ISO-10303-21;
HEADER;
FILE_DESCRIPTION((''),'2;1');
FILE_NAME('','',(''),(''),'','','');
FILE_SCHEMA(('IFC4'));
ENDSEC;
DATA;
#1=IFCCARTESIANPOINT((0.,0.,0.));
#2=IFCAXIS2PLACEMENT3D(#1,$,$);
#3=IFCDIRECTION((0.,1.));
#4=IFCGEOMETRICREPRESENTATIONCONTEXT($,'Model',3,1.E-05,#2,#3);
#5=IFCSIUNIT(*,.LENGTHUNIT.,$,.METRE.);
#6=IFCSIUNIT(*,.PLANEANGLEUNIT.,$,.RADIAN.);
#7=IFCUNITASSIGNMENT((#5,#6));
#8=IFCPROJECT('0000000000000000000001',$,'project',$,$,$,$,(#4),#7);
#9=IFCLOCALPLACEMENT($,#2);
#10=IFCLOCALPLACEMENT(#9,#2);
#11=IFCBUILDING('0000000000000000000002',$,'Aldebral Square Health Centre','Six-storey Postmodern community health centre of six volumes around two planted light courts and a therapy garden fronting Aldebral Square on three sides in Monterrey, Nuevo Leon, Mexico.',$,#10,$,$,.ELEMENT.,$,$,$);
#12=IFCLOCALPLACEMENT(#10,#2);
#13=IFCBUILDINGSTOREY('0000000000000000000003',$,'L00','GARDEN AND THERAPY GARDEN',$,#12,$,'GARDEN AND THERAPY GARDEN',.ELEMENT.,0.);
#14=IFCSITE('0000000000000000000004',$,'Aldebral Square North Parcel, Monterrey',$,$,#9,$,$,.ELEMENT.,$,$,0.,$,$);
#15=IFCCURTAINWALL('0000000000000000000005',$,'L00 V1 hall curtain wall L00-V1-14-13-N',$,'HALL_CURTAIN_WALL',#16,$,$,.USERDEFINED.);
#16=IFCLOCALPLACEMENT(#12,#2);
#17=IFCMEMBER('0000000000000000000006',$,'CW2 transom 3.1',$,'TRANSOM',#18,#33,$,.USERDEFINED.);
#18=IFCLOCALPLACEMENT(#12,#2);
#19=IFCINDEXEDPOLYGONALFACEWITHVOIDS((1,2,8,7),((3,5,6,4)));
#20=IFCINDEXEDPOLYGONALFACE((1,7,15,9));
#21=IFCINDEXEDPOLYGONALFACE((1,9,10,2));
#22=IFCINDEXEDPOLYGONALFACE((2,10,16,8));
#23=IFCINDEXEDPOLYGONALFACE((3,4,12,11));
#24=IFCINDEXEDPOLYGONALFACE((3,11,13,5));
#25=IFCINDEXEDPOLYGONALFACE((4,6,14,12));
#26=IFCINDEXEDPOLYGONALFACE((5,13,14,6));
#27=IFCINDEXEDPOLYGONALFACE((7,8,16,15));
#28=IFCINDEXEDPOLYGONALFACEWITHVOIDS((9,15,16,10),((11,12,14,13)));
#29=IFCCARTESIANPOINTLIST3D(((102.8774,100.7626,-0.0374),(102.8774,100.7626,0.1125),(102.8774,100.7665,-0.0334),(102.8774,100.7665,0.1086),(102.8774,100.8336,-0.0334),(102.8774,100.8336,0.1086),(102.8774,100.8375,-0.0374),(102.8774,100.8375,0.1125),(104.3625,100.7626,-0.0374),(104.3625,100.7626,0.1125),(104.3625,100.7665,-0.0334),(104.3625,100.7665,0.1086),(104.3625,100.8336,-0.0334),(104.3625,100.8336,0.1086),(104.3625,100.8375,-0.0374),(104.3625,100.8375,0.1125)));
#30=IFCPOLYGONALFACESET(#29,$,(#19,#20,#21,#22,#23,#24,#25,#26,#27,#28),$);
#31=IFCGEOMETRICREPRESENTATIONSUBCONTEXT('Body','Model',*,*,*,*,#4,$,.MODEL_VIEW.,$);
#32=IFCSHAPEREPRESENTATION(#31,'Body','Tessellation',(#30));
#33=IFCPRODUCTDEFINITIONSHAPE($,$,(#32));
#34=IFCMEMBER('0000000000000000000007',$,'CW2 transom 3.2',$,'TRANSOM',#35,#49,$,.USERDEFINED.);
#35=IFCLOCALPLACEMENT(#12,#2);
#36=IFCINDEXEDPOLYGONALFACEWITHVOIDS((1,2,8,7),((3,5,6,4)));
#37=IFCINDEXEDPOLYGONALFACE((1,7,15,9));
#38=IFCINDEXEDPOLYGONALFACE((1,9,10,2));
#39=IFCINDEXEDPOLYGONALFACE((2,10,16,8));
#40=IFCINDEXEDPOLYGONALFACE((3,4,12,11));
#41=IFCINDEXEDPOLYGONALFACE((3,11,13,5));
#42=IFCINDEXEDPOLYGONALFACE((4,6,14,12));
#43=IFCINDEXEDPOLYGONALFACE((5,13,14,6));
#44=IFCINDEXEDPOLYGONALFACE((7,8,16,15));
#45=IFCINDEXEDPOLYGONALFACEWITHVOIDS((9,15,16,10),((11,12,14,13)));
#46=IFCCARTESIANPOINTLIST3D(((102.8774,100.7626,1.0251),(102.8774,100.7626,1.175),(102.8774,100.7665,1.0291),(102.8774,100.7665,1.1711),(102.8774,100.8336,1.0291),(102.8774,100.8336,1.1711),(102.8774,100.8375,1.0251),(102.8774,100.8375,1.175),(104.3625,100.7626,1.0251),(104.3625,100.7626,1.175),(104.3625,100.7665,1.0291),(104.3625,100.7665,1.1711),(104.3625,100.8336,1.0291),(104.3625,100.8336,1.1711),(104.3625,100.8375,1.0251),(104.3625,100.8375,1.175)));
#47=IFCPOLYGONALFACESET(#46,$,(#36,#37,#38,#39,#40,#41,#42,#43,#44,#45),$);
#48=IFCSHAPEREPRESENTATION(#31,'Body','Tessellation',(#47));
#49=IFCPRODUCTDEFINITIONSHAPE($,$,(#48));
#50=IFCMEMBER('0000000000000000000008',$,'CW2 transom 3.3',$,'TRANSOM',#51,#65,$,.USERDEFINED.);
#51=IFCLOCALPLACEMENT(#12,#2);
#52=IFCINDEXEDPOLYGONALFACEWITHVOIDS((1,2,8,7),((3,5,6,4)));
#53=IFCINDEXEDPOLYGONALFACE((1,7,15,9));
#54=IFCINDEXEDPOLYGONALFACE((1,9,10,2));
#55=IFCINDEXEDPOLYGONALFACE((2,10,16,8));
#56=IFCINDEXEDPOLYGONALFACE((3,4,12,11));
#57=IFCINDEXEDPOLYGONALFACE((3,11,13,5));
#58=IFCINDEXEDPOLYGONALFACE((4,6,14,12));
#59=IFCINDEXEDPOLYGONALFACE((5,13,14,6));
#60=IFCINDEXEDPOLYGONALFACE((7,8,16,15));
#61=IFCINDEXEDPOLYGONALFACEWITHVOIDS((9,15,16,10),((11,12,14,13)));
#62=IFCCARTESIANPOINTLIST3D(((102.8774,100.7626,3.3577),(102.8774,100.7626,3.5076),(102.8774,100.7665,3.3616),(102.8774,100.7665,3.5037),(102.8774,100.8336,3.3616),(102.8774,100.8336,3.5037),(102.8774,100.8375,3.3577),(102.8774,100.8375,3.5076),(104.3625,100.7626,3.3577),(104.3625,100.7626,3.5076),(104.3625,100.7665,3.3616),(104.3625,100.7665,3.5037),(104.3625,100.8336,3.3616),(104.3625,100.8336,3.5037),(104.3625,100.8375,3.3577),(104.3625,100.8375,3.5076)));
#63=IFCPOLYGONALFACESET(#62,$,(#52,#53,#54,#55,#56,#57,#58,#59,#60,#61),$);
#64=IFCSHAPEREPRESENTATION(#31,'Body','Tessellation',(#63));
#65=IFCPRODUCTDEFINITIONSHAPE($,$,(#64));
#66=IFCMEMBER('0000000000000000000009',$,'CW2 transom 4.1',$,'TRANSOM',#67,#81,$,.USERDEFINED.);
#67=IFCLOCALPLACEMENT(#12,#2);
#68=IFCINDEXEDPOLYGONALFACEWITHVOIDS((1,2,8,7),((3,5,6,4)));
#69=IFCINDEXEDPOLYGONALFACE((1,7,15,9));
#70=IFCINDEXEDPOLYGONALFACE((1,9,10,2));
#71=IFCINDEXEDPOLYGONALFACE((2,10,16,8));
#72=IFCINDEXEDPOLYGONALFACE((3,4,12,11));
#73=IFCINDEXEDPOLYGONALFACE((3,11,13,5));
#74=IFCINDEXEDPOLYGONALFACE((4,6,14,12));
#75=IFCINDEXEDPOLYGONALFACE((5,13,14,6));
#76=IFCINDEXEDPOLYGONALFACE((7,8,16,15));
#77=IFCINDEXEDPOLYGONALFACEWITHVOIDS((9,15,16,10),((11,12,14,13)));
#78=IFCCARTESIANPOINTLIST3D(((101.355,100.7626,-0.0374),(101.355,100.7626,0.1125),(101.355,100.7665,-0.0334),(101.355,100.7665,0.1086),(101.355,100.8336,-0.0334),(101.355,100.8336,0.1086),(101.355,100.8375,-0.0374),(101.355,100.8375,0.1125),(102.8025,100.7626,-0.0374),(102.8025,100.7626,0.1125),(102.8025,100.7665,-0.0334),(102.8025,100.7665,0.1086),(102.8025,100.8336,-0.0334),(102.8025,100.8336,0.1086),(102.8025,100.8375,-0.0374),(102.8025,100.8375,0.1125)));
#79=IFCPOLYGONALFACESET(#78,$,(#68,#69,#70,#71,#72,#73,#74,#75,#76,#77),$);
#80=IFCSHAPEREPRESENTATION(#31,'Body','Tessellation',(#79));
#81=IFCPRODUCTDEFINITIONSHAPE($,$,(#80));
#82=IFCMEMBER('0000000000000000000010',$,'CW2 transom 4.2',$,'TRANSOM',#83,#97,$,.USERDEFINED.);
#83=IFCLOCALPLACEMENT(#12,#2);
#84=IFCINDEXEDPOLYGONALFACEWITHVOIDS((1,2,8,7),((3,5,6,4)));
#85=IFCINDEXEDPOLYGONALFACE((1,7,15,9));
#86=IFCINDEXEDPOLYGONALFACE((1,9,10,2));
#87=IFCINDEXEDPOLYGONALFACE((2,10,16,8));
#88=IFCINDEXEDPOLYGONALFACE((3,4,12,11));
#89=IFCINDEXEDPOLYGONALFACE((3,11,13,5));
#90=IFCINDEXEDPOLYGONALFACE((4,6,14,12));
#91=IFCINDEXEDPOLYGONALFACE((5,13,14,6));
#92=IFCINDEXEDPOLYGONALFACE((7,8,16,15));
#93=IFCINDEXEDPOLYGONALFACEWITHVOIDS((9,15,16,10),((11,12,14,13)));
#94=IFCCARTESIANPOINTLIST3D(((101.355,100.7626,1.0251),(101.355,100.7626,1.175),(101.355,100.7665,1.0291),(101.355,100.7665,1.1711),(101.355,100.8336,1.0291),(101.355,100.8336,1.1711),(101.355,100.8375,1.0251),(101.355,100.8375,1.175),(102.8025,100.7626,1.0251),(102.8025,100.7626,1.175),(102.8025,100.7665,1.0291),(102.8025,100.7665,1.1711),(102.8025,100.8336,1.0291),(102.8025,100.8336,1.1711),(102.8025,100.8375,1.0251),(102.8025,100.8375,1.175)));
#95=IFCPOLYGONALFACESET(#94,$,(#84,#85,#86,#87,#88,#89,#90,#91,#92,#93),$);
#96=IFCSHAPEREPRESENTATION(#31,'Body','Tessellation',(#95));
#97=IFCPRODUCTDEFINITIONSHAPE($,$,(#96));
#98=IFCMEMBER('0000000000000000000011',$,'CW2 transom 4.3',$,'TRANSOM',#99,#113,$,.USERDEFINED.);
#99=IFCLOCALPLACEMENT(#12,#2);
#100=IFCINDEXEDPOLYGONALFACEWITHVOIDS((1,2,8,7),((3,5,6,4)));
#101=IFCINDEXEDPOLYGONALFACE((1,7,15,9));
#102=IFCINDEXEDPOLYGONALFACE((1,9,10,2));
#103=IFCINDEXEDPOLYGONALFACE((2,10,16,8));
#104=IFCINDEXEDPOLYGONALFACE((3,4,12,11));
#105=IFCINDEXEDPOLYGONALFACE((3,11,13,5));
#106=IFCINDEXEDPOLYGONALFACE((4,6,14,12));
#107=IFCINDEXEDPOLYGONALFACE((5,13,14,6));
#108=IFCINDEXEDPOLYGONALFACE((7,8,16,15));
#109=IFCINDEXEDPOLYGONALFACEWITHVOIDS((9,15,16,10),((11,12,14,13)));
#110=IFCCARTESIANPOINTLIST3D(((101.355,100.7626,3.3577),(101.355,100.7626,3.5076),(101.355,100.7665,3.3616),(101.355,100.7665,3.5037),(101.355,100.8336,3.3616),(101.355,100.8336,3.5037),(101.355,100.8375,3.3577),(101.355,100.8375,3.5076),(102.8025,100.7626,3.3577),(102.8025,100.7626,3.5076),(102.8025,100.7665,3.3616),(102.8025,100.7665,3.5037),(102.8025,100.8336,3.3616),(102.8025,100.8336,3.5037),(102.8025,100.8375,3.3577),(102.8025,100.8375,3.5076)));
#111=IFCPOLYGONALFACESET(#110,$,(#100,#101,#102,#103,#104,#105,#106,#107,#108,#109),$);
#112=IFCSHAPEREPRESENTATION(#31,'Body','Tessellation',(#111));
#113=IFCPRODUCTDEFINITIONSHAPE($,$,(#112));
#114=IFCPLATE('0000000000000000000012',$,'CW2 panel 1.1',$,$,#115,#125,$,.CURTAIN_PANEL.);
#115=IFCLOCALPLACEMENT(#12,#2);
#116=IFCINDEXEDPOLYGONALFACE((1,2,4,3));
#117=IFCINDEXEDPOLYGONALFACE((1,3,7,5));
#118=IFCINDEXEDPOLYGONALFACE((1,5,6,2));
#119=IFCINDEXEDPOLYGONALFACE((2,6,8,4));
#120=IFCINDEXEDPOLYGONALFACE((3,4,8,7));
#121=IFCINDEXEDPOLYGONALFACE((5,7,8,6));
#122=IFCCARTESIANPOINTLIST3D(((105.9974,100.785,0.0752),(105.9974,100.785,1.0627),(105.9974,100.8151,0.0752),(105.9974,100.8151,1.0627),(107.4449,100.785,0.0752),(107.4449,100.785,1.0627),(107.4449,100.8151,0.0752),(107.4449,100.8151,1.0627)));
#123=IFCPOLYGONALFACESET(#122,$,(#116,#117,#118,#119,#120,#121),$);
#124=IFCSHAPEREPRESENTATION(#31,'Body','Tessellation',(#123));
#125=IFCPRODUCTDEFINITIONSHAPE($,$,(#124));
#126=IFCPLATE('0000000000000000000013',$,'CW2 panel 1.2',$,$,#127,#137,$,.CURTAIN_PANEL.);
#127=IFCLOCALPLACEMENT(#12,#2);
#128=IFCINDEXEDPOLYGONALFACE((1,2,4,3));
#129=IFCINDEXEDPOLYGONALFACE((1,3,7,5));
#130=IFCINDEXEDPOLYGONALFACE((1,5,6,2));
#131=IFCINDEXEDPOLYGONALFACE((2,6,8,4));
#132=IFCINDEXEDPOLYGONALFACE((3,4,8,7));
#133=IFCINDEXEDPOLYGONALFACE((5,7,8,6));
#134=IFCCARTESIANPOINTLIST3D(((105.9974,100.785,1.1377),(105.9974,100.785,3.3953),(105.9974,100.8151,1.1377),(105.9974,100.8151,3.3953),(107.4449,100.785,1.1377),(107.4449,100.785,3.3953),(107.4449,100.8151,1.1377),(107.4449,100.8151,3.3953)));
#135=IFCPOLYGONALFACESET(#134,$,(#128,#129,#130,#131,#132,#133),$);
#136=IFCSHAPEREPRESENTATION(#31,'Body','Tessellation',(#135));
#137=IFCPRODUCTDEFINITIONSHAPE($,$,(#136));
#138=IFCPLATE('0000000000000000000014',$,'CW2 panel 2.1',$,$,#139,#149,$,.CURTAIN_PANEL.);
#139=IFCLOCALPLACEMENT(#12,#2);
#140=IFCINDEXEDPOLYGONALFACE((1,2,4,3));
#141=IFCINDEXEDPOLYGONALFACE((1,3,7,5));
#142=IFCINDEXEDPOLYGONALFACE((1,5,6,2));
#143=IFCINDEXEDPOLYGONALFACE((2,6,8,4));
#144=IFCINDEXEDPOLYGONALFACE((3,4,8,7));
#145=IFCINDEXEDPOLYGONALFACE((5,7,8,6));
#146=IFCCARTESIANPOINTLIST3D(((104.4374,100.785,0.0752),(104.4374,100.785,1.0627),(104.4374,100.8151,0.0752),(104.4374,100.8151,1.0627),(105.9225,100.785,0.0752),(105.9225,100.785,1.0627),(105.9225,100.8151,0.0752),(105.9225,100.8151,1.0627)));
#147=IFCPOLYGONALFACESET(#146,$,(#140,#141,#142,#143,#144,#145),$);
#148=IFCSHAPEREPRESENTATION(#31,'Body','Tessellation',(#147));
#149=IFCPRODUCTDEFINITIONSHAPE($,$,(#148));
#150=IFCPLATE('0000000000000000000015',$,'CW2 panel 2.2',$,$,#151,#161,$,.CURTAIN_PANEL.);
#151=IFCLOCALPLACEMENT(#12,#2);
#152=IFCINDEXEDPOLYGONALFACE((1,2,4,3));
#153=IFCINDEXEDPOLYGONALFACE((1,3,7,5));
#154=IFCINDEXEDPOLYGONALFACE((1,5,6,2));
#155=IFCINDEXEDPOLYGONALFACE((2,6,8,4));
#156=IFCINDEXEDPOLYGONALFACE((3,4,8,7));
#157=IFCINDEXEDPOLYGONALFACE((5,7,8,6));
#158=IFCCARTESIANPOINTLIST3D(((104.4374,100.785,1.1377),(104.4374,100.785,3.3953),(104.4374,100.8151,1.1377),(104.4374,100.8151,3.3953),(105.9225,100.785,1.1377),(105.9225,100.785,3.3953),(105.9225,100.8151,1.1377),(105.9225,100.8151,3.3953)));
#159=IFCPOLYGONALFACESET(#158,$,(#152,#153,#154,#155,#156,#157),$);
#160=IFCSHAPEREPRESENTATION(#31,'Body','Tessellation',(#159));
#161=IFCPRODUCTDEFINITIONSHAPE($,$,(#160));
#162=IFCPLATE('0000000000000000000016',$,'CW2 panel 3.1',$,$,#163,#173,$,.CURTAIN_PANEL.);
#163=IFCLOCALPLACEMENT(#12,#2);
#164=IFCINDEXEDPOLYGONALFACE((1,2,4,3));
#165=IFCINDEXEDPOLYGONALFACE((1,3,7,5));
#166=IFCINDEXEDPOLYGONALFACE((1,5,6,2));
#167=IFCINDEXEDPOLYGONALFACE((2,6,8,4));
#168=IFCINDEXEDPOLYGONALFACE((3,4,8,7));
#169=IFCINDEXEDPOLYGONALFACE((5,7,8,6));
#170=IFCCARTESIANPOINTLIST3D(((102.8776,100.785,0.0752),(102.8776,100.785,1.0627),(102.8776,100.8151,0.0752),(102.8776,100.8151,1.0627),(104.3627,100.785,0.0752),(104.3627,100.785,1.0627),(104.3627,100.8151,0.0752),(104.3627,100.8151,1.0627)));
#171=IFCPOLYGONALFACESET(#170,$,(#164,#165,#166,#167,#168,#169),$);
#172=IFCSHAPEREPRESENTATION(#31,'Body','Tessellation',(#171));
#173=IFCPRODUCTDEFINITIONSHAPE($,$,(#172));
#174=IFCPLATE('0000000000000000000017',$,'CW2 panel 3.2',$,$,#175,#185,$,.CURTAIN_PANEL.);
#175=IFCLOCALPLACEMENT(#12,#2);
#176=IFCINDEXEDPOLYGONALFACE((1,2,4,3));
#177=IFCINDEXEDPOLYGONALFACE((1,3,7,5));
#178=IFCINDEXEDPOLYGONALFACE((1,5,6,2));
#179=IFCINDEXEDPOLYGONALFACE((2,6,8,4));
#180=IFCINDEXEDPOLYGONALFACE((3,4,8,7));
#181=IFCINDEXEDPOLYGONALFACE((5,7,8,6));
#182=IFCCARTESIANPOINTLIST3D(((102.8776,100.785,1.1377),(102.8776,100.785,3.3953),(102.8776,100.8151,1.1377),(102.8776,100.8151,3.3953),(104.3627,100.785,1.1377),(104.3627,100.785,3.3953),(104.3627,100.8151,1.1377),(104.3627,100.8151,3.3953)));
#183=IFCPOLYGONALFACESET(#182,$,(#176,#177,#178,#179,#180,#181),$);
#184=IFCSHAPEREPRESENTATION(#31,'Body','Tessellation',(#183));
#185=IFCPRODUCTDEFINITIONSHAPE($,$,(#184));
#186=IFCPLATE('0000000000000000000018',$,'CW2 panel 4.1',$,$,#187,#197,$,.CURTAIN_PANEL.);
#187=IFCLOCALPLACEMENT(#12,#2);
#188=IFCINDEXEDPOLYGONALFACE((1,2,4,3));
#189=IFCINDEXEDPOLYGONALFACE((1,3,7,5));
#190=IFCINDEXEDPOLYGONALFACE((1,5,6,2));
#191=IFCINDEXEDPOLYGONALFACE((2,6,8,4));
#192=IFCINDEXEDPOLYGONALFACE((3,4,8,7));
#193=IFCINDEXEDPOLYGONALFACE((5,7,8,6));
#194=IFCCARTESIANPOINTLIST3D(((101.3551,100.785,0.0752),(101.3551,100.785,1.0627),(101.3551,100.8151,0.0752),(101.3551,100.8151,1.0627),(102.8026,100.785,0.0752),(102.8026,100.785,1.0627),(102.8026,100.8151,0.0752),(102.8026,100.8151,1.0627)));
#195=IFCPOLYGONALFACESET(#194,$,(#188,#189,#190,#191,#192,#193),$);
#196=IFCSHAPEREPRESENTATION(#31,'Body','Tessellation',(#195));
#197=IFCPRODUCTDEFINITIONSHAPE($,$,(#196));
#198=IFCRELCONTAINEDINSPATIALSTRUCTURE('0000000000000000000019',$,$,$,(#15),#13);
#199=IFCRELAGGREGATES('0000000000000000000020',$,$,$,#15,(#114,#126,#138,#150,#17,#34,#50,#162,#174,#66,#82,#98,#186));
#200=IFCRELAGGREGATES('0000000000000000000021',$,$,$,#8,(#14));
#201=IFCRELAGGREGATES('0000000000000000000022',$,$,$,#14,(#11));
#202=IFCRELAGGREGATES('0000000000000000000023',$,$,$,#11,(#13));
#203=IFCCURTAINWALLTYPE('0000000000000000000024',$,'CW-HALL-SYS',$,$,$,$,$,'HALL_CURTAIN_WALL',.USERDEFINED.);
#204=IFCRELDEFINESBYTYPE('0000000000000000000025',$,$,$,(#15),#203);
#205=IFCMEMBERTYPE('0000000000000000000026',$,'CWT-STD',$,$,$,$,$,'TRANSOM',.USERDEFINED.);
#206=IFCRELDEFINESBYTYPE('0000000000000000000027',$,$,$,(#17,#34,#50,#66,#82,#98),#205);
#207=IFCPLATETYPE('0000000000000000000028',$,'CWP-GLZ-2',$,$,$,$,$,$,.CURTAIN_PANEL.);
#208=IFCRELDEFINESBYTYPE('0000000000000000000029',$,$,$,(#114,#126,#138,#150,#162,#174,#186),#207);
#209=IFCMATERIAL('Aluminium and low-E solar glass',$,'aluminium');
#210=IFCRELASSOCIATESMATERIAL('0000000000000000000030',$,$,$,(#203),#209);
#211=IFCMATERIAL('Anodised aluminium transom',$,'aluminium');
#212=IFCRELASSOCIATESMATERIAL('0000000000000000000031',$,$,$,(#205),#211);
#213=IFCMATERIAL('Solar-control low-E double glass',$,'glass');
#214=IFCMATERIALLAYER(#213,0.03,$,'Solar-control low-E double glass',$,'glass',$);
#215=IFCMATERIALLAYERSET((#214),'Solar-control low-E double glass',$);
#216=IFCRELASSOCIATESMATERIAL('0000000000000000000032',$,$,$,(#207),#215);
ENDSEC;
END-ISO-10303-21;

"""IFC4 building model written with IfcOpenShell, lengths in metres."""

from ifc_helpers import new_model, si_unit, direction, frame, origin, origin_2d, place, context, subcontext, project, spatial, rectangle, hollow_rectangle, extrude, material, layer, layer_set, material_profile, profile_set, type_object, element, aggregate, save


model = new_model("IFC4")

# Units and contexts
model_context = context("Model", 3, precision=1e-05, world=origin(), true_north=direction((0.0, 1.0)))
body_context = subcontext(model_context, "Body", "Model", "MODEL_VIEW")
ifc_project = project(units=[si_unit("LENGTHUNIT", "METRE"), si_unit("PLANEANGLEUNIT", "RADIAN")], contexts=[model_context])

# Site, building, storey
site_placement = place(None, origin())
site = spatial("IfcSite", under=ifc_project, at=site_placement, Name="Aldebral Square North Parcel, Monterrey", CompositionType="ELEMENT", RefElevation=0.0)
building_placement = place(site_placement, origin())
building = spatial("IfcBuilding", under=site, at=building_placement, Name="Aldebral Square Health Centre", Description="Six-storey Postmodern community health centre of six volumes around two planted light courts and a therapy garden fronting Aldebral Square on three sides in Monterrey, Nuevo Leon, Mexico.", CompositionType="ELEMENT")
storey_placement = place(building_placement, origin())
storey = spatial("IfcBuildingStorey", under=building, at=storey_placement, Name="L00", Description="GARDEN AND THERAPY GARDEN", LongName="GARDEN AND THERAPY GARDEN", CompositionType="ELEMENT", Elevation=0.0)

# Shared definitions
ifc_material_1 = material(Name="Aluminium and low-E solar glass", Category="aluminium")
curtain_wall_type = type_object("IfcCurtainWallType", Name="CW-HALL-SYS", ElementType="HALL_CURTAIN_WALL", PredefinedType="USERDEFINED", material=ifc_material_1)

# Curtain wall
curtain_wall_1_placement = place(storey_placement, origin())
curtain_wall_1 = element("IfcCurtainWall", 1, at=curtain_wall_1_placement, inside=storey, type_object=curtain_wall_type, Name="L00 V1 hall curtain wall L00-V1-14-13-N", ObjectType="HALL_CURTAIN_WALL", PredefinedType="USERDEFINED")

# Members
ifc_material_2 = material(Name="Anodised aluminium transom", Category="aluminium")
ifc_material_profile_1 = material_profile(ifc_material_2, hollow_rectangle(XDim=0.075, YDim=0.1499, WallThickness=0.0039, at=origin_2d()), Name="CWT 75x150x4")
ifc_profile_set_1 = profile_set([ifc_material_profile_1], Name="Anodised aluminium transom")
member_type_1 = type_object("IfcMemberType", Name="CWT-STD", ElementType="TRANSOM", PredefinedType="USERDEFINED", material=ifc_profile_set_1)
member_1_placement = place(storey_placement, frame((104.3625, 100.8, 0.0376), z_axis=(-1.0, 0.0, 0.0), x_axis=(0.0, -1.0, 0.0)))
member_1 = element("IfcMember", 2, at=member_1_placement, type_object=member_type_1, Name="CW2 transom 3.1", ObjectType="TRANSOM", PredefinedType="USERDEFINED", context=body_context, shape_type="SweptSolid", body=[
    extrude(hollow_rectangle(XDim=0.075, YDim=0.1499, WallThickness=0.0039, at=origin_2d()), origin(), (0.0, 0.0, 1.0), 1.4851),
])
member_2_placement = place(storey_placement, frame((104.3625, 100.8, 1.1001), z_axis=(-1.0, 0.0, 0.0), x_axis=(0.0, -1.0, 0.0)))
member_2 = element("IfcMember", 3, at=member_2_placement, type_object=member_type_1, Name="CW2 transom 3.2", ObjectType="TRANSOM", PredefinedType="USERDEFINED", context=body_context, shape_type="SweptSolid", body=[
    extrude(hollow_rectangle(XDim=0.075, YDim=0.1499, WallThickness=0.0039, at=origin_2d()), origin(), (0.0, 0.0, 1.0), 1.4851),
])
member_3_placement = place(storey_placement, frame((104.3625, 100.8, 3.4326), z_axis=(-1.0, 0.0, 0.0), x_axis=(0.0, -1.0, 0.0)))
member_3 = element("IfcMember", 4, at=member_3_placement, type_object=member_type_1, Name="CW2 transom 3.3", ObjectType="TRANSOM", PredefinedType="USERDEFINED", context=body_context, shape_type="SweptSolid", body=[
    extrude(hollow_rectangle(XDim=0.075, YDim=0.1499, WallThickness=0.0039, at=origin_2d()), origin(), (0.0, 0.0, 1.0), 1.4851),
])
member_4_placement = place(storey_placement, frame((102.8025, 100.8, 0.0376), z_axis=(-1.0, 0.0, 0.0), x_axis=(0.0, -1.0, 0.0)))
member_4 = element("IfcMember", 5, at=member_4_placement, type_object=member_type_1, Name="CW2 transom 4.1", ObjectType="TRANSOM", PredefinedType="USERDEFINED", context=body_context, shape_type="SweptSolid", body=[
    extrude(hollow_rectangle(XDim=0.075, YDim=0.1499, WallThickness=0.0039, at=origin_2d()), origin(), (0.0, 0.0, 1.0), 1.4475),
])
member_5_placement = place(storey_placement, frame((102.8025, 100.8, 1.1001), z_axis=(-1.0, 0.0, 0.0), x_axis=(0.0, -1.0, 0.0)))
member_5 = element("IfcMember", 6, at=member_5_placement, type_object=member_type_1, Name="CW2 transom 4.2", ObjectType="TRANSOM", PredefinedType="USERDEFINED", context=body_context, shape_type="SweptSolid", body=[
    extrude(hollow_rectangle(XDim=0.075, YDim=0.1499, WallThickness=0.0039, at=origin_2d()), origin(), (0.0, 0.0, 1.0), 1.4475),
])
member_6_placement = place(storey_placement, frame((102.8025, 100.8, 3.4326), z_axis=(-1.0, 0.0, 0.0), x_axis=(0.0, -1.0, 0.0)))
member_6 = element("IfcMember", 7, at=member_6_placement, type_object=member_type_1, Name="CW2 transom 4.3", ObjectType="TRANSOM", PredefinedType="USERDEFINED", context=body_context, shape_type="SweptSolid", body=[
    extrude(hollow_rectangle(XDim=0.075, YDim=0.1499, WallThickness=0.0039, at=origin_2d()), origin(), (0.0, 0.0, 1.0), 1.4475),
])

# Plates
ifc_material_3 = material(Name="Solar-control low-E double glass", Category="glass")
ifc_layer_1 = layer(ifc_material_3, 0.03, Name="Solar-control low-E double glass", Category="glass")
ifc_layer_set_1 = layer_set([ifc_layer_1], Name="Solar-control low-E double glass")
plate_type = type_object("IfcPlateType", Name="CWP-GLZ-2", PredefinedType="CURTAIN_PANEL", material=ifc_layer_set_1)
plate_1_placement = place(storey_placement, frame((106.7212, 100.8, 0.0752), z_axis=(0.0, 0.0, 1.0), x_axis=(-1.0, 0.0, 0.0)))
plate_1 = element("IfcPlate", 8, at=plate_1_placement, type_object=plate_type, Name="CW2 panel 1.1", PredefinedType="CURTAIN_PANEL", context=body_context, shape_type="SweptSolid", body=[
    extrude(rectangle(XDim=1.4475, YDim=0.03, at=origin_2d()), origin(), (0.0, 0.0, 1.0), 0.9875),
])
plate_2_placement = place(storey_placement, frame((106.7212, 100.8, 1.1377), z_axis=(0.0, 0.0, 1.0), x_axis=(-1.0, 0.0, 0.0)))
plate_2 = element("IfcPlate", 9, at=plate_2_placement, type_object=plate_type, Name="CW2 panel 1.2", PredefinedType="CURTAIN_PANEL", context=body_context, shape_type="SweptSolid", body=[
    extrude(rectangle(XDim=1.4475, YDim=0.03, at=origin_2d()), origin(), (0.0, 0.0, 1.0), 2.2576),
])
plate_3_placement = place(storey_placement, frame((105.1799, 100.8, 0.0752), z_axis=(0.0, 0.0, 1.0), x_axis=(-1.0, 0.0, 0.0)))
plate_3 = element("IfcPlate", 10, at=plate_3_placement, type_object=plate_type, Name="CW2 panel 2.1", PredefinedType="CURTAIN_PANEL", context=body_context, shape_type="SweptSolid", body=[
    extrude(rectangle(XDim=1.4851, YDim=0.03, at=origin_2d()), origin(), (0.0, 0.0, 1.0), 0.9875),
])
plate_4_placement = place(storey_placement, frame((105.1799, 100.8, 1.1377), z_axis=(0.0, 0.0, 1.0), x_axis=(-1.0, 0.0, 0.0)))
plate_4 = element("IfcPlate", 11, at=plate_4_placement, type_object=plate_type, Name="CW2 panel 2.2", PredefinedType="CURTAIN_PANEL", context=body_context, shape_type="SweptSolid", body=[
    extrude(rectangle(XDim=1.4851, YDim=0.03, at=origin_2d()), origin(), (0.0, 0.0, 1.0), 2.2576),
])
plate_5_placement = place(storey_placement, frame((103.6201, 100.8, 0.0752), z_axis=(0.0, 0.0, 1.0), x_axis=(-1.0, 0.0, 0.0)))
plate_5 = element("IfcPlate", 12, at=plate_5_placement, type_object=plate_type, Name="CW2 panel 3.1", PredefinedType="CURTAIN_PANEL", context=body_context, shape_type="SweptSolid", body=[
    extrude(rectangle(XDim=1.4851, YDim=0.03, at=origin_2d()), origin(), (0.0, 0.0, 1.0), 0.9875),
])
plate_6_placement = place(storey_placement, frame((103.6201, 100.8, 1.1377), z_axis=(0.0, 0.0, 1.0), x_axis=(-1.0, 0.0, 0.0)))
plate_6 = element("IfcPlate", 13, at=plate_6_placement, type_object=plate_type, Name="CW2 panel 3.2", PredefinedType="CURTAIN_PANEL", context=body_context, shape_type="SweptSolid", body=[
    extrude(rectangle(XDim=1.4851, YDim=0.03, at=origin_2d()), origin(), (0.0, 0.0, 1.0), 2.2576),
])
plate_7_placement = place(storey_placement, frame((102.0789, 100.8, 0.0752), z_axis=(0.0, 0.0, 1.0), x_axis=(-1.0, 0.0, 0.0)))
plate_7 = element("IfcPlate", 14, at=plate_7_placement, type_object=plate_type, Name="CW2 panel 4.1", PredefinedType="CURTAIN_PANEL", context=body_context, shape_type="SweptSolid", body=[
    extrude(rectangle(XDim=1.4475, YDim=0.03, at=origin_2d()), origin(), (0.0, 0.0, 1.0), 0.9875),
])
aggregate(curtain_wall_1, [plate_1, plate_2, plate_3, plate_4, member_1, member_2, member_3, plate_5, plate_6, member_4, member_5, member_6, plate_7])

save(model, "model.ifc")
